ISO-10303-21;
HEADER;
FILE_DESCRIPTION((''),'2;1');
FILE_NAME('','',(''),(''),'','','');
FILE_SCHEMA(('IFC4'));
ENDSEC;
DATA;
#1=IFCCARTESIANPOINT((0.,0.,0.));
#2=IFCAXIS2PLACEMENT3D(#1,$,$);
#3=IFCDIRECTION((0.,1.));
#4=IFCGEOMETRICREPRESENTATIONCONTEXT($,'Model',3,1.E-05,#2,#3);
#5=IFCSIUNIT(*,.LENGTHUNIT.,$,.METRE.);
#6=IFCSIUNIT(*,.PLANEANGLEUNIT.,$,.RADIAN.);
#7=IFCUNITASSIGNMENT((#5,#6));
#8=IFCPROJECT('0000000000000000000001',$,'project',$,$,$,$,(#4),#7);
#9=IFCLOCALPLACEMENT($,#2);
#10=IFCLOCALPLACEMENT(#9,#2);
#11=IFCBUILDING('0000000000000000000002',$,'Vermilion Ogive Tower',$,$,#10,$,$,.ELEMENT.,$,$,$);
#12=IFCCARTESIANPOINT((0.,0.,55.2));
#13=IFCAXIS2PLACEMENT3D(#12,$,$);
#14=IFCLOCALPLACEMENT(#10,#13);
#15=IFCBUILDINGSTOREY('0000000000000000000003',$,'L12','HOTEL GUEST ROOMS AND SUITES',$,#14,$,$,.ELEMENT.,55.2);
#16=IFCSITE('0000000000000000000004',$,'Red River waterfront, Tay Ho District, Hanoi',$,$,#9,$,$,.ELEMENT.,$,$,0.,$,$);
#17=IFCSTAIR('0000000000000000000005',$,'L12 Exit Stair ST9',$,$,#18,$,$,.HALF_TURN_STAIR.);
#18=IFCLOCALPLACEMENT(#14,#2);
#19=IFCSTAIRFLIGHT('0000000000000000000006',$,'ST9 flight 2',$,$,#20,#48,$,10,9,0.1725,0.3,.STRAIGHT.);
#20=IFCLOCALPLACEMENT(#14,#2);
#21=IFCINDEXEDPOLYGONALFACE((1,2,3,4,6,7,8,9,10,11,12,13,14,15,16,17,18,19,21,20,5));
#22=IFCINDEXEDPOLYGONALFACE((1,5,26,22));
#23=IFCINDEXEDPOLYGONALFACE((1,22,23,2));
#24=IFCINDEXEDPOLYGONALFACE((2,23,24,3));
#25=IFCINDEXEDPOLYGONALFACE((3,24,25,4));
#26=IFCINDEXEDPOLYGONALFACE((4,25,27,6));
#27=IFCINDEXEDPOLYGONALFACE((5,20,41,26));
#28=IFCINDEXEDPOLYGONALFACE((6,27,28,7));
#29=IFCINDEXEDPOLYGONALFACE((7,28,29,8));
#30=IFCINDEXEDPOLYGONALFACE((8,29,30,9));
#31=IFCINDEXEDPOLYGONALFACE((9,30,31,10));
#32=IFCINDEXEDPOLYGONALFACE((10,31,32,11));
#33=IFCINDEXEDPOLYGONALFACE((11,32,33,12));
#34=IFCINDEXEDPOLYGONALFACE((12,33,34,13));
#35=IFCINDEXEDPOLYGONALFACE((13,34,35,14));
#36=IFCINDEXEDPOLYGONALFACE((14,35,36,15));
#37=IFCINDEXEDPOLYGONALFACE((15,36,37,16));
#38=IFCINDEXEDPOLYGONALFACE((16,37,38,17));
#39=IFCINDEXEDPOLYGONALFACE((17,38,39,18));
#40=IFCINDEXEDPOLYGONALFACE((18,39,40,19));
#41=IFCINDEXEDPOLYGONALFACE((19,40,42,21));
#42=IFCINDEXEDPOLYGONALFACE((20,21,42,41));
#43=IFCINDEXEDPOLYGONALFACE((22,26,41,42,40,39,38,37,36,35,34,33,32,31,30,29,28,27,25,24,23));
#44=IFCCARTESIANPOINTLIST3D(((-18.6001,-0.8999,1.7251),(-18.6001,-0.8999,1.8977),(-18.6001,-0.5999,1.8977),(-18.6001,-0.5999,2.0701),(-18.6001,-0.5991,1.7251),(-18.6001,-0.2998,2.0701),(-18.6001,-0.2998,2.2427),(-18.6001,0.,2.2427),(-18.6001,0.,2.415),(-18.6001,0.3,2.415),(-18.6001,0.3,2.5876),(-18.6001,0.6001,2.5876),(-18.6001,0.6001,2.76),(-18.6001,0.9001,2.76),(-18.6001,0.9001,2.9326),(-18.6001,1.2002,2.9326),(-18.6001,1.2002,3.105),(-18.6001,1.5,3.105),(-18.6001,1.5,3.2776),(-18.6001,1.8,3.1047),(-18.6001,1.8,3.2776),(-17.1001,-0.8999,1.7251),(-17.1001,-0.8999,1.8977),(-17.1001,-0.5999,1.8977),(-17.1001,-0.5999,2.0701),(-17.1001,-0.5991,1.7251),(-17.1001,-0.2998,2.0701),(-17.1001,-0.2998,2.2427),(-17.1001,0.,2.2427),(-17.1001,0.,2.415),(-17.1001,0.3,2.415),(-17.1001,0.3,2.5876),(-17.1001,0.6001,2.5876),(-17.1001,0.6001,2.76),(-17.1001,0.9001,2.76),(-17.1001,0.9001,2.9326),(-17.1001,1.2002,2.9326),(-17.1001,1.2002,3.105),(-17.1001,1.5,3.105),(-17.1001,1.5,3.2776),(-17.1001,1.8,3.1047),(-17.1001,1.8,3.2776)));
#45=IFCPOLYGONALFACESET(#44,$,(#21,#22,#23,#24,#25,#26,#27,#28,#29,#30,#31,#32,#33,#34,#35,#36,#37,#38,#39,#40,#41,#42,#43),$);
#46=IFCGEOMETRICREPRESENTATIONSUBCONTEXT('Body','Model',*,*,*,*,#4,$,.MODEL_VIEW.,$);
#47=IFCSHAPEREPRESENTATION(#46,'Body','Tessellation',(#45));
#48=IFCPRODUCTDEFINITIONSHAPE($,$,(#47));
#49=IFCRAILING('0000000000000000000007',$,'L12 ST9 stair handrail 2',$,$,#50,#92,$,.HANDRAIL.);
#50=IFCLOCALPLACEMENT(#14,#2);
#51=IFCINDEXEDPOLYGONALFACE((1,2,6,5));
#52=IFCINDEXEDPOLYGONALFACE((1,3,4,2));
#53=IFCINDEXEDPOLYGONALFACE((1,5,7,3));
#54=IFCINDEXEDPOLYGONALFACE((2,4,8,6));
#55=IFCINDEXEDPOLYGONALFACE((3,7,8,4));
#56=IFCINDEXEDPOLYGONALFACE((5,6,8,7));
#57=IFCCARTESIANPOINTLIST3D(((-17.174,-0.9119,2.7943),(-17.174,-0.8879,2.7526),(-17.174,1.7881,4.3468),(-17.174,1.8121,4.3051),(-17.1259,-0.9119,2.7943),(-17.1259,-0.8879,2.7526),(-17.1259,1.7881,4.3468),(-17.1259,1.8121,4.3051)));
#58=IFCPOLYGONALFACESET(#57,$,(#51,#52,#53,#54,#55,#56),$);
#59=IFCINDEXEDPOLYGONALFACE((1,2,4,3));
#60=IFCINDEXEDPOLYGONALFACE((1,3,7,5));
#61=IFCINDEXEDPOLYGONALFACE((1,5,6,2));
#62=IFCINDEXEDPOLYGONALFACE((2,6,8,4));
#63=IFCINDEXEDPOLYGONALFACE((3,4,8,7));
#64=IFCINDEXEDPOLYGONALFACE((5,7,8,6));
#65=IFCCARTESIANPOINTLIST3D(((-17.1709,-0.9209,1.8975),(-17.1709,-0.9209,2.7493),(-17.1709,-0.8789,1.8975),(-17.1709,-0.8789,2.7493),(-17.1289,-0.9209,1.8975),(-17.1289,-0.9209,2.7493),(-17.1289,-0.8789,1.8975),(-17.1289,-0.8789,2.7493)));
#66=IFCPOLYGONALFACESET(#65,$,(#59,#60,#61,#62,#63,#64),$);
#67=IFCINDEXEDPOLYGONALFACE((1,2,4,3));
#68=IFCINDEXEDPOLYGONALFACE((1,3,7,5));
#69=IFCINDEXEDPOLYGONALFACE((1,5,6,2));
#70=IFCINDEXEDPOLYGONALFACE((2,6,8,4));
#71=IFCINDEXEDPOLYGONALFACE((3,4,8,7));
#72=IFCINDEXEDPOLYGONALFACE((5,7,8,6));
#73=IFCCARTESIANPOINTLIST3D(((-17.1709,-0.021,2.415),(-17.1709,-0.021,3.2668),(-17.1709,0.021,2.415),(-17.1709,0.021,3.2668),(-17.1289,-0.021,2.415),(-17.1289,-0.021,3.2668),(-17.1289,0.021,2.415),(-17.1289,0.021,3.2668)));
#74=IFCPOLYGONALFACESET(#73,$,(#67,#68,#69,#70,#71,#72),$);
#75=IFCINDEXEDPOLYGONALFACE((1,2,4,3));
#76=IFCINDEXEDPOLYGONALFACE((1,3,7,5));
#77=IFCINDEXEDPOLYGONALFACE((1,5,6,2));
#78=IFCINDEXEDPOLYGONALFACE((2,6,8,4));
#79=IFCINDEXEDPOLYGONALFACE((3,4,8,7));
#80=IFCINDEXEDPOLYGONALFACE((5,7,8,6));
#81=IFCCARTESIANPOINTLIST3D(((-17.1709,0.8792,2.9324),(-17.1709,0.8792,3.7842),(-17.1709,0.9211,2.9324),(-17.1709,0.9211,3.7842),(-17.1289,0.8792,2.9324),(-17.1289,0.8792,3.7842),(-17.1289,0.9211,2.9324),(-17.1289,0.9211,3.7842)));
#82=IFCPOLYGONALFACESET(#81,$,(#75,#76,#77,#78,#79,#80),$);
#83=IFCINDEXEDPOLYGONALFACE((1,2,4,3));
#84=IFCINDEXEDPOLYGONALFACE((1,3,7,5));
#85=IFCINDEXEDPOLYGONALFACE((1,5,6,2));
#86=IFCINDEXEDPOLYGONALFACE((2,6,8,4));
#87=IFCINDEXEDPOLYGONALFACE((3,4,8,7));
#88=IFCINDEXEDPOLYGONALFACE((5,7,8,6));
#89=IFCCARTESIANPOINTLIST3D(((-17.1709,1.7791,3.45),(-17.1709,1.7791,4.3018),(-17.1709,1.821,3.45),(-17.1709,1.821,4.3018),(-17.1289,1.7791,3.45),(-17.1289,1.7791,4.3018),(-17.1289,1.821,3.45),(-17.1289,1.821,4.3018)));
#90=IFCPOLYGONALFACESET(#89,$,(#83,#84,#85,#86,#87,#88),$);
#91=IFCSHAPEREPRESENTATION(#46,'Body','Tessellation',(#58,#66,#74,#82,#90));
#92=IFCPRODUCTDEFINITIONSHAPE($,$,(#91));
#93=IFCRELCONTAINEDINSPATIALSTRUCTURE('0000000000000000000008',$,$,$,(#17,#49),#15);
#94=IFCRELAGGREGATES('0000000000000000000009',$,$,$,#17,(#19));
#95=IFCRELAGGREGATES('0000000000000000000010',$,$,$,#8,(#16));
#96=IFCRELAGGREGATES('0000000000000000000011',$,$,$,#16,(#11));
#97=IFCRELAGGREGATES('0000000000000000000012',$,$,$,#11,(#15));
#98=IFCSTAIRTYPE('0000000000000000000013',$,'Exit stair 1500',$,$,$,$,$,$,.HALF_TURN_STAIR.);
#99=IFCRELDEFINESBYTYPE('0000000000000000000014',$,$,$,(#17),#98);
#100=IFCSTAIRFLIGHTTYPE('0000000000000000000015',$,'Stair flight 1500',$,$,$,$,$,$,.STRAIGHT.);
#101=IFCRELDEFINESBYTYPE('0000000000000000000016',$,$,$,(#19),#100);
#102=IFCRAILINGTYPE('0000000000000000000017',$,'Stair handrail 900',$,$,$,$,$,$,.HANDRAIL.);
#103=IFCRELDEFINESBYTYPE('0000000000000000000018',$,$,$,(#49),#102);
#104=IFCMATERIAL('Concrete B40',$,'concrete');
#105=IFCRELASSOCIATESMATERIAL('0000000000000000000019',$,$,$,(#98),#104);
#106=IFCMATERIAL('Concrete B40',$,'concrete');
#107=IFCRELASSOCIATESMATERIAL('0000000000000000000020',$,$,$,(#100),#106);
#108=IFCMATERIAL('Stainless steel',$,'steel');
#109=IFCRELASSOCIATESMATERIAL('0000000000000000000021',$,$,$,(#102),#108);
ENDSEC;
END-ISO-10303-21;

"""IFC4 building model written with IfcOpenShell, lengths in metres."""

from ifc_helpers import new_model, si_unit, direction, frame, origin, origin_2d, place, context, subcontext, project, spatial, polyline, rectangle, outline, extrude, material, type_object, element, aggregate, save


model = new_model("IFC4")

# Units and contexts
model_context = context("Model", 3, precision=1e-05, world=origin(), true_north=direction((0.0, 1.0)))
body_context = subcontext(model_context, "Body", "Model", "MODEL_VIEW")
ifc_project = project(units=[si_unit("LENGTHUNIT", "METRE"), si_unit("PLANEANGLEUNIT", "RADIAN")], contexts=[model_context])

# Site, building, storey
site_placement = place(None, origin())
site = spatial("IfcSite", under=ifc_project, at=site_placement, Name="Red River waterfront, Tay Ho District, Hanoi", CompositionType="ELEMENT", RefElevation=0.0)
building_placement = place(site_placement, origin())
building = spatial("IfcBuilding", under=site, at=building_placement, Name="Vermilion Ogive Tower", CompositionType="ELEMENT")
storey_placement = place(building_placement, frame((0.0, 0.0, 55.2)))
storey = spatial("IfcBuildingStorey", under=building, at=storey_placement, Name="L12", Description="HOTEL GUEST ROOMS AND SUITES", CompositionType="ELEMENT", Elevation=55.2)

# Stair, stair flight
ifc_material_1 = material(Name="Concrete B40", Category="concrete")
stair_type = type_object("IfcStairType", Name="Exit stair 1500", PredefinedType="HALF_TURN_STAIR", material=ifc_material_1)
stair_placement = place(storey_placement, origin())
stair = element("IfcStair", 1, at=stair_placement, inside=storey, type_object=stair_type, Name="L12 Exit Stair ST9", PredefinedType="HALF_TURN_STAIR")
ifc_material_2 = material(Name="Concrete B40", Category="concrete")
stair_flight_type = type_object("IfcStairFlightType", Name="Stair flight 1500", PredefinedType="STRAIGHT", material=ifc_material_2)
stair_flight_placement = place(storey_placement, frame((-17.8501, -0.8999, 1.7251), z_axis=(0.0, 0.0, 1.0), x_axis=(0.0, 1.0, 0.0)))
stair_flight = element("IfcStairFlight", 2, at=stair_flight_placement, type_object=stair_flight_type, Name="ST9 flight 2", NumberOfRisers=10, NumberOfTreads=9, PredefinedType="STRAIGHT", RiserHeight=0.1725, TreadLength=0.3, context=body_context, shape_type="SweptSolid", body=[
    extrude(outline(polyline([(0.0, 0.0), (0.0, 0.1726), (0.3, 0.1726), (0.3, 0.345), (0.6001, 0.345), (0.6001, 0.5176), (0.8999, 0.5176), (0.8999, 0.6899), (1.2, 0.6899), (1.2, 0.8625), (1.5, 0.8625), (1.5, 1.0349), (1.8, 1.0349), (1.8, 1.2075), (2.1001, 1.2075), (2.1001, 1.3799), (2.3999, 1.3799), (2.3999, 1.5525), (2.7, 1.5525), (2.7, 1.7251), (2.7, 1.3796), (0.3008, 0.0), (0.0, 0.0)])), frame((0.0, 0.75, 0.0), z_axis=(0.0, -1.0, 0.0), x_axis=(1.0, 0.0, 0.0)), (0.0, 0.0, 1.0), 1.5),
])
aggregate(stair, [stair_flight])

# Railing
ifc_material_3 = material(Name="Stainless steel", Category="steel")
railing_type = type_object("IfcRailingType", Name="Stair handrail 900", PredefinedType="HANDRAIL", material=ifc_material_3)
railing_placement = place(storey_placement, frame((-17.1499, -0.8999, 1.8975)))
element("IfcRailing", 3, at=railing_placement, inside=storey, type_object=railing_type, Name="L12 ST9 stair handrail 2", PredefinedType="HANDRAIL", context=body_context, shape_type="SweptSolid", body=[
    extrude(rectangle(XDim=0.0481, YDim=0.0481, at=origin_2d()), frame((0.0, 0.0, 0.876), z_axis=(0.0, 0.866904, 0.498476), x_axis=(-1.0, 0.0, 0.0)), (0.0, 0.0, 1.0), 3.1145),
    extrude(rectangle(XDim=0.042, YDim=0.042, at=origin_2d()), origin(), (0.0, 0.0, 1.0), 0.8518),
    extrude(rectangle(XDim=0.042, YDim=0.042, at=origin_2d()), frame((0.0, 0.8999, 0.5176)), (0.0, 0.0, 1.0), 0.8518),
    extrude(rectangle(XDim=0.042, YDim=0.042, at=origin_2d()), frame((0.0, 1.8, 1.0349)), (0.0, 0.0, 1.0), 0.8518),
    extrude(rectangle(XDim=0.042, YDim=0.042, at=origin_2d()), frame((0.0, 2.7, 1.5525)), (0.0, 0.0, 1.0), 0.8518),
])

save(model, "model.ifc")
